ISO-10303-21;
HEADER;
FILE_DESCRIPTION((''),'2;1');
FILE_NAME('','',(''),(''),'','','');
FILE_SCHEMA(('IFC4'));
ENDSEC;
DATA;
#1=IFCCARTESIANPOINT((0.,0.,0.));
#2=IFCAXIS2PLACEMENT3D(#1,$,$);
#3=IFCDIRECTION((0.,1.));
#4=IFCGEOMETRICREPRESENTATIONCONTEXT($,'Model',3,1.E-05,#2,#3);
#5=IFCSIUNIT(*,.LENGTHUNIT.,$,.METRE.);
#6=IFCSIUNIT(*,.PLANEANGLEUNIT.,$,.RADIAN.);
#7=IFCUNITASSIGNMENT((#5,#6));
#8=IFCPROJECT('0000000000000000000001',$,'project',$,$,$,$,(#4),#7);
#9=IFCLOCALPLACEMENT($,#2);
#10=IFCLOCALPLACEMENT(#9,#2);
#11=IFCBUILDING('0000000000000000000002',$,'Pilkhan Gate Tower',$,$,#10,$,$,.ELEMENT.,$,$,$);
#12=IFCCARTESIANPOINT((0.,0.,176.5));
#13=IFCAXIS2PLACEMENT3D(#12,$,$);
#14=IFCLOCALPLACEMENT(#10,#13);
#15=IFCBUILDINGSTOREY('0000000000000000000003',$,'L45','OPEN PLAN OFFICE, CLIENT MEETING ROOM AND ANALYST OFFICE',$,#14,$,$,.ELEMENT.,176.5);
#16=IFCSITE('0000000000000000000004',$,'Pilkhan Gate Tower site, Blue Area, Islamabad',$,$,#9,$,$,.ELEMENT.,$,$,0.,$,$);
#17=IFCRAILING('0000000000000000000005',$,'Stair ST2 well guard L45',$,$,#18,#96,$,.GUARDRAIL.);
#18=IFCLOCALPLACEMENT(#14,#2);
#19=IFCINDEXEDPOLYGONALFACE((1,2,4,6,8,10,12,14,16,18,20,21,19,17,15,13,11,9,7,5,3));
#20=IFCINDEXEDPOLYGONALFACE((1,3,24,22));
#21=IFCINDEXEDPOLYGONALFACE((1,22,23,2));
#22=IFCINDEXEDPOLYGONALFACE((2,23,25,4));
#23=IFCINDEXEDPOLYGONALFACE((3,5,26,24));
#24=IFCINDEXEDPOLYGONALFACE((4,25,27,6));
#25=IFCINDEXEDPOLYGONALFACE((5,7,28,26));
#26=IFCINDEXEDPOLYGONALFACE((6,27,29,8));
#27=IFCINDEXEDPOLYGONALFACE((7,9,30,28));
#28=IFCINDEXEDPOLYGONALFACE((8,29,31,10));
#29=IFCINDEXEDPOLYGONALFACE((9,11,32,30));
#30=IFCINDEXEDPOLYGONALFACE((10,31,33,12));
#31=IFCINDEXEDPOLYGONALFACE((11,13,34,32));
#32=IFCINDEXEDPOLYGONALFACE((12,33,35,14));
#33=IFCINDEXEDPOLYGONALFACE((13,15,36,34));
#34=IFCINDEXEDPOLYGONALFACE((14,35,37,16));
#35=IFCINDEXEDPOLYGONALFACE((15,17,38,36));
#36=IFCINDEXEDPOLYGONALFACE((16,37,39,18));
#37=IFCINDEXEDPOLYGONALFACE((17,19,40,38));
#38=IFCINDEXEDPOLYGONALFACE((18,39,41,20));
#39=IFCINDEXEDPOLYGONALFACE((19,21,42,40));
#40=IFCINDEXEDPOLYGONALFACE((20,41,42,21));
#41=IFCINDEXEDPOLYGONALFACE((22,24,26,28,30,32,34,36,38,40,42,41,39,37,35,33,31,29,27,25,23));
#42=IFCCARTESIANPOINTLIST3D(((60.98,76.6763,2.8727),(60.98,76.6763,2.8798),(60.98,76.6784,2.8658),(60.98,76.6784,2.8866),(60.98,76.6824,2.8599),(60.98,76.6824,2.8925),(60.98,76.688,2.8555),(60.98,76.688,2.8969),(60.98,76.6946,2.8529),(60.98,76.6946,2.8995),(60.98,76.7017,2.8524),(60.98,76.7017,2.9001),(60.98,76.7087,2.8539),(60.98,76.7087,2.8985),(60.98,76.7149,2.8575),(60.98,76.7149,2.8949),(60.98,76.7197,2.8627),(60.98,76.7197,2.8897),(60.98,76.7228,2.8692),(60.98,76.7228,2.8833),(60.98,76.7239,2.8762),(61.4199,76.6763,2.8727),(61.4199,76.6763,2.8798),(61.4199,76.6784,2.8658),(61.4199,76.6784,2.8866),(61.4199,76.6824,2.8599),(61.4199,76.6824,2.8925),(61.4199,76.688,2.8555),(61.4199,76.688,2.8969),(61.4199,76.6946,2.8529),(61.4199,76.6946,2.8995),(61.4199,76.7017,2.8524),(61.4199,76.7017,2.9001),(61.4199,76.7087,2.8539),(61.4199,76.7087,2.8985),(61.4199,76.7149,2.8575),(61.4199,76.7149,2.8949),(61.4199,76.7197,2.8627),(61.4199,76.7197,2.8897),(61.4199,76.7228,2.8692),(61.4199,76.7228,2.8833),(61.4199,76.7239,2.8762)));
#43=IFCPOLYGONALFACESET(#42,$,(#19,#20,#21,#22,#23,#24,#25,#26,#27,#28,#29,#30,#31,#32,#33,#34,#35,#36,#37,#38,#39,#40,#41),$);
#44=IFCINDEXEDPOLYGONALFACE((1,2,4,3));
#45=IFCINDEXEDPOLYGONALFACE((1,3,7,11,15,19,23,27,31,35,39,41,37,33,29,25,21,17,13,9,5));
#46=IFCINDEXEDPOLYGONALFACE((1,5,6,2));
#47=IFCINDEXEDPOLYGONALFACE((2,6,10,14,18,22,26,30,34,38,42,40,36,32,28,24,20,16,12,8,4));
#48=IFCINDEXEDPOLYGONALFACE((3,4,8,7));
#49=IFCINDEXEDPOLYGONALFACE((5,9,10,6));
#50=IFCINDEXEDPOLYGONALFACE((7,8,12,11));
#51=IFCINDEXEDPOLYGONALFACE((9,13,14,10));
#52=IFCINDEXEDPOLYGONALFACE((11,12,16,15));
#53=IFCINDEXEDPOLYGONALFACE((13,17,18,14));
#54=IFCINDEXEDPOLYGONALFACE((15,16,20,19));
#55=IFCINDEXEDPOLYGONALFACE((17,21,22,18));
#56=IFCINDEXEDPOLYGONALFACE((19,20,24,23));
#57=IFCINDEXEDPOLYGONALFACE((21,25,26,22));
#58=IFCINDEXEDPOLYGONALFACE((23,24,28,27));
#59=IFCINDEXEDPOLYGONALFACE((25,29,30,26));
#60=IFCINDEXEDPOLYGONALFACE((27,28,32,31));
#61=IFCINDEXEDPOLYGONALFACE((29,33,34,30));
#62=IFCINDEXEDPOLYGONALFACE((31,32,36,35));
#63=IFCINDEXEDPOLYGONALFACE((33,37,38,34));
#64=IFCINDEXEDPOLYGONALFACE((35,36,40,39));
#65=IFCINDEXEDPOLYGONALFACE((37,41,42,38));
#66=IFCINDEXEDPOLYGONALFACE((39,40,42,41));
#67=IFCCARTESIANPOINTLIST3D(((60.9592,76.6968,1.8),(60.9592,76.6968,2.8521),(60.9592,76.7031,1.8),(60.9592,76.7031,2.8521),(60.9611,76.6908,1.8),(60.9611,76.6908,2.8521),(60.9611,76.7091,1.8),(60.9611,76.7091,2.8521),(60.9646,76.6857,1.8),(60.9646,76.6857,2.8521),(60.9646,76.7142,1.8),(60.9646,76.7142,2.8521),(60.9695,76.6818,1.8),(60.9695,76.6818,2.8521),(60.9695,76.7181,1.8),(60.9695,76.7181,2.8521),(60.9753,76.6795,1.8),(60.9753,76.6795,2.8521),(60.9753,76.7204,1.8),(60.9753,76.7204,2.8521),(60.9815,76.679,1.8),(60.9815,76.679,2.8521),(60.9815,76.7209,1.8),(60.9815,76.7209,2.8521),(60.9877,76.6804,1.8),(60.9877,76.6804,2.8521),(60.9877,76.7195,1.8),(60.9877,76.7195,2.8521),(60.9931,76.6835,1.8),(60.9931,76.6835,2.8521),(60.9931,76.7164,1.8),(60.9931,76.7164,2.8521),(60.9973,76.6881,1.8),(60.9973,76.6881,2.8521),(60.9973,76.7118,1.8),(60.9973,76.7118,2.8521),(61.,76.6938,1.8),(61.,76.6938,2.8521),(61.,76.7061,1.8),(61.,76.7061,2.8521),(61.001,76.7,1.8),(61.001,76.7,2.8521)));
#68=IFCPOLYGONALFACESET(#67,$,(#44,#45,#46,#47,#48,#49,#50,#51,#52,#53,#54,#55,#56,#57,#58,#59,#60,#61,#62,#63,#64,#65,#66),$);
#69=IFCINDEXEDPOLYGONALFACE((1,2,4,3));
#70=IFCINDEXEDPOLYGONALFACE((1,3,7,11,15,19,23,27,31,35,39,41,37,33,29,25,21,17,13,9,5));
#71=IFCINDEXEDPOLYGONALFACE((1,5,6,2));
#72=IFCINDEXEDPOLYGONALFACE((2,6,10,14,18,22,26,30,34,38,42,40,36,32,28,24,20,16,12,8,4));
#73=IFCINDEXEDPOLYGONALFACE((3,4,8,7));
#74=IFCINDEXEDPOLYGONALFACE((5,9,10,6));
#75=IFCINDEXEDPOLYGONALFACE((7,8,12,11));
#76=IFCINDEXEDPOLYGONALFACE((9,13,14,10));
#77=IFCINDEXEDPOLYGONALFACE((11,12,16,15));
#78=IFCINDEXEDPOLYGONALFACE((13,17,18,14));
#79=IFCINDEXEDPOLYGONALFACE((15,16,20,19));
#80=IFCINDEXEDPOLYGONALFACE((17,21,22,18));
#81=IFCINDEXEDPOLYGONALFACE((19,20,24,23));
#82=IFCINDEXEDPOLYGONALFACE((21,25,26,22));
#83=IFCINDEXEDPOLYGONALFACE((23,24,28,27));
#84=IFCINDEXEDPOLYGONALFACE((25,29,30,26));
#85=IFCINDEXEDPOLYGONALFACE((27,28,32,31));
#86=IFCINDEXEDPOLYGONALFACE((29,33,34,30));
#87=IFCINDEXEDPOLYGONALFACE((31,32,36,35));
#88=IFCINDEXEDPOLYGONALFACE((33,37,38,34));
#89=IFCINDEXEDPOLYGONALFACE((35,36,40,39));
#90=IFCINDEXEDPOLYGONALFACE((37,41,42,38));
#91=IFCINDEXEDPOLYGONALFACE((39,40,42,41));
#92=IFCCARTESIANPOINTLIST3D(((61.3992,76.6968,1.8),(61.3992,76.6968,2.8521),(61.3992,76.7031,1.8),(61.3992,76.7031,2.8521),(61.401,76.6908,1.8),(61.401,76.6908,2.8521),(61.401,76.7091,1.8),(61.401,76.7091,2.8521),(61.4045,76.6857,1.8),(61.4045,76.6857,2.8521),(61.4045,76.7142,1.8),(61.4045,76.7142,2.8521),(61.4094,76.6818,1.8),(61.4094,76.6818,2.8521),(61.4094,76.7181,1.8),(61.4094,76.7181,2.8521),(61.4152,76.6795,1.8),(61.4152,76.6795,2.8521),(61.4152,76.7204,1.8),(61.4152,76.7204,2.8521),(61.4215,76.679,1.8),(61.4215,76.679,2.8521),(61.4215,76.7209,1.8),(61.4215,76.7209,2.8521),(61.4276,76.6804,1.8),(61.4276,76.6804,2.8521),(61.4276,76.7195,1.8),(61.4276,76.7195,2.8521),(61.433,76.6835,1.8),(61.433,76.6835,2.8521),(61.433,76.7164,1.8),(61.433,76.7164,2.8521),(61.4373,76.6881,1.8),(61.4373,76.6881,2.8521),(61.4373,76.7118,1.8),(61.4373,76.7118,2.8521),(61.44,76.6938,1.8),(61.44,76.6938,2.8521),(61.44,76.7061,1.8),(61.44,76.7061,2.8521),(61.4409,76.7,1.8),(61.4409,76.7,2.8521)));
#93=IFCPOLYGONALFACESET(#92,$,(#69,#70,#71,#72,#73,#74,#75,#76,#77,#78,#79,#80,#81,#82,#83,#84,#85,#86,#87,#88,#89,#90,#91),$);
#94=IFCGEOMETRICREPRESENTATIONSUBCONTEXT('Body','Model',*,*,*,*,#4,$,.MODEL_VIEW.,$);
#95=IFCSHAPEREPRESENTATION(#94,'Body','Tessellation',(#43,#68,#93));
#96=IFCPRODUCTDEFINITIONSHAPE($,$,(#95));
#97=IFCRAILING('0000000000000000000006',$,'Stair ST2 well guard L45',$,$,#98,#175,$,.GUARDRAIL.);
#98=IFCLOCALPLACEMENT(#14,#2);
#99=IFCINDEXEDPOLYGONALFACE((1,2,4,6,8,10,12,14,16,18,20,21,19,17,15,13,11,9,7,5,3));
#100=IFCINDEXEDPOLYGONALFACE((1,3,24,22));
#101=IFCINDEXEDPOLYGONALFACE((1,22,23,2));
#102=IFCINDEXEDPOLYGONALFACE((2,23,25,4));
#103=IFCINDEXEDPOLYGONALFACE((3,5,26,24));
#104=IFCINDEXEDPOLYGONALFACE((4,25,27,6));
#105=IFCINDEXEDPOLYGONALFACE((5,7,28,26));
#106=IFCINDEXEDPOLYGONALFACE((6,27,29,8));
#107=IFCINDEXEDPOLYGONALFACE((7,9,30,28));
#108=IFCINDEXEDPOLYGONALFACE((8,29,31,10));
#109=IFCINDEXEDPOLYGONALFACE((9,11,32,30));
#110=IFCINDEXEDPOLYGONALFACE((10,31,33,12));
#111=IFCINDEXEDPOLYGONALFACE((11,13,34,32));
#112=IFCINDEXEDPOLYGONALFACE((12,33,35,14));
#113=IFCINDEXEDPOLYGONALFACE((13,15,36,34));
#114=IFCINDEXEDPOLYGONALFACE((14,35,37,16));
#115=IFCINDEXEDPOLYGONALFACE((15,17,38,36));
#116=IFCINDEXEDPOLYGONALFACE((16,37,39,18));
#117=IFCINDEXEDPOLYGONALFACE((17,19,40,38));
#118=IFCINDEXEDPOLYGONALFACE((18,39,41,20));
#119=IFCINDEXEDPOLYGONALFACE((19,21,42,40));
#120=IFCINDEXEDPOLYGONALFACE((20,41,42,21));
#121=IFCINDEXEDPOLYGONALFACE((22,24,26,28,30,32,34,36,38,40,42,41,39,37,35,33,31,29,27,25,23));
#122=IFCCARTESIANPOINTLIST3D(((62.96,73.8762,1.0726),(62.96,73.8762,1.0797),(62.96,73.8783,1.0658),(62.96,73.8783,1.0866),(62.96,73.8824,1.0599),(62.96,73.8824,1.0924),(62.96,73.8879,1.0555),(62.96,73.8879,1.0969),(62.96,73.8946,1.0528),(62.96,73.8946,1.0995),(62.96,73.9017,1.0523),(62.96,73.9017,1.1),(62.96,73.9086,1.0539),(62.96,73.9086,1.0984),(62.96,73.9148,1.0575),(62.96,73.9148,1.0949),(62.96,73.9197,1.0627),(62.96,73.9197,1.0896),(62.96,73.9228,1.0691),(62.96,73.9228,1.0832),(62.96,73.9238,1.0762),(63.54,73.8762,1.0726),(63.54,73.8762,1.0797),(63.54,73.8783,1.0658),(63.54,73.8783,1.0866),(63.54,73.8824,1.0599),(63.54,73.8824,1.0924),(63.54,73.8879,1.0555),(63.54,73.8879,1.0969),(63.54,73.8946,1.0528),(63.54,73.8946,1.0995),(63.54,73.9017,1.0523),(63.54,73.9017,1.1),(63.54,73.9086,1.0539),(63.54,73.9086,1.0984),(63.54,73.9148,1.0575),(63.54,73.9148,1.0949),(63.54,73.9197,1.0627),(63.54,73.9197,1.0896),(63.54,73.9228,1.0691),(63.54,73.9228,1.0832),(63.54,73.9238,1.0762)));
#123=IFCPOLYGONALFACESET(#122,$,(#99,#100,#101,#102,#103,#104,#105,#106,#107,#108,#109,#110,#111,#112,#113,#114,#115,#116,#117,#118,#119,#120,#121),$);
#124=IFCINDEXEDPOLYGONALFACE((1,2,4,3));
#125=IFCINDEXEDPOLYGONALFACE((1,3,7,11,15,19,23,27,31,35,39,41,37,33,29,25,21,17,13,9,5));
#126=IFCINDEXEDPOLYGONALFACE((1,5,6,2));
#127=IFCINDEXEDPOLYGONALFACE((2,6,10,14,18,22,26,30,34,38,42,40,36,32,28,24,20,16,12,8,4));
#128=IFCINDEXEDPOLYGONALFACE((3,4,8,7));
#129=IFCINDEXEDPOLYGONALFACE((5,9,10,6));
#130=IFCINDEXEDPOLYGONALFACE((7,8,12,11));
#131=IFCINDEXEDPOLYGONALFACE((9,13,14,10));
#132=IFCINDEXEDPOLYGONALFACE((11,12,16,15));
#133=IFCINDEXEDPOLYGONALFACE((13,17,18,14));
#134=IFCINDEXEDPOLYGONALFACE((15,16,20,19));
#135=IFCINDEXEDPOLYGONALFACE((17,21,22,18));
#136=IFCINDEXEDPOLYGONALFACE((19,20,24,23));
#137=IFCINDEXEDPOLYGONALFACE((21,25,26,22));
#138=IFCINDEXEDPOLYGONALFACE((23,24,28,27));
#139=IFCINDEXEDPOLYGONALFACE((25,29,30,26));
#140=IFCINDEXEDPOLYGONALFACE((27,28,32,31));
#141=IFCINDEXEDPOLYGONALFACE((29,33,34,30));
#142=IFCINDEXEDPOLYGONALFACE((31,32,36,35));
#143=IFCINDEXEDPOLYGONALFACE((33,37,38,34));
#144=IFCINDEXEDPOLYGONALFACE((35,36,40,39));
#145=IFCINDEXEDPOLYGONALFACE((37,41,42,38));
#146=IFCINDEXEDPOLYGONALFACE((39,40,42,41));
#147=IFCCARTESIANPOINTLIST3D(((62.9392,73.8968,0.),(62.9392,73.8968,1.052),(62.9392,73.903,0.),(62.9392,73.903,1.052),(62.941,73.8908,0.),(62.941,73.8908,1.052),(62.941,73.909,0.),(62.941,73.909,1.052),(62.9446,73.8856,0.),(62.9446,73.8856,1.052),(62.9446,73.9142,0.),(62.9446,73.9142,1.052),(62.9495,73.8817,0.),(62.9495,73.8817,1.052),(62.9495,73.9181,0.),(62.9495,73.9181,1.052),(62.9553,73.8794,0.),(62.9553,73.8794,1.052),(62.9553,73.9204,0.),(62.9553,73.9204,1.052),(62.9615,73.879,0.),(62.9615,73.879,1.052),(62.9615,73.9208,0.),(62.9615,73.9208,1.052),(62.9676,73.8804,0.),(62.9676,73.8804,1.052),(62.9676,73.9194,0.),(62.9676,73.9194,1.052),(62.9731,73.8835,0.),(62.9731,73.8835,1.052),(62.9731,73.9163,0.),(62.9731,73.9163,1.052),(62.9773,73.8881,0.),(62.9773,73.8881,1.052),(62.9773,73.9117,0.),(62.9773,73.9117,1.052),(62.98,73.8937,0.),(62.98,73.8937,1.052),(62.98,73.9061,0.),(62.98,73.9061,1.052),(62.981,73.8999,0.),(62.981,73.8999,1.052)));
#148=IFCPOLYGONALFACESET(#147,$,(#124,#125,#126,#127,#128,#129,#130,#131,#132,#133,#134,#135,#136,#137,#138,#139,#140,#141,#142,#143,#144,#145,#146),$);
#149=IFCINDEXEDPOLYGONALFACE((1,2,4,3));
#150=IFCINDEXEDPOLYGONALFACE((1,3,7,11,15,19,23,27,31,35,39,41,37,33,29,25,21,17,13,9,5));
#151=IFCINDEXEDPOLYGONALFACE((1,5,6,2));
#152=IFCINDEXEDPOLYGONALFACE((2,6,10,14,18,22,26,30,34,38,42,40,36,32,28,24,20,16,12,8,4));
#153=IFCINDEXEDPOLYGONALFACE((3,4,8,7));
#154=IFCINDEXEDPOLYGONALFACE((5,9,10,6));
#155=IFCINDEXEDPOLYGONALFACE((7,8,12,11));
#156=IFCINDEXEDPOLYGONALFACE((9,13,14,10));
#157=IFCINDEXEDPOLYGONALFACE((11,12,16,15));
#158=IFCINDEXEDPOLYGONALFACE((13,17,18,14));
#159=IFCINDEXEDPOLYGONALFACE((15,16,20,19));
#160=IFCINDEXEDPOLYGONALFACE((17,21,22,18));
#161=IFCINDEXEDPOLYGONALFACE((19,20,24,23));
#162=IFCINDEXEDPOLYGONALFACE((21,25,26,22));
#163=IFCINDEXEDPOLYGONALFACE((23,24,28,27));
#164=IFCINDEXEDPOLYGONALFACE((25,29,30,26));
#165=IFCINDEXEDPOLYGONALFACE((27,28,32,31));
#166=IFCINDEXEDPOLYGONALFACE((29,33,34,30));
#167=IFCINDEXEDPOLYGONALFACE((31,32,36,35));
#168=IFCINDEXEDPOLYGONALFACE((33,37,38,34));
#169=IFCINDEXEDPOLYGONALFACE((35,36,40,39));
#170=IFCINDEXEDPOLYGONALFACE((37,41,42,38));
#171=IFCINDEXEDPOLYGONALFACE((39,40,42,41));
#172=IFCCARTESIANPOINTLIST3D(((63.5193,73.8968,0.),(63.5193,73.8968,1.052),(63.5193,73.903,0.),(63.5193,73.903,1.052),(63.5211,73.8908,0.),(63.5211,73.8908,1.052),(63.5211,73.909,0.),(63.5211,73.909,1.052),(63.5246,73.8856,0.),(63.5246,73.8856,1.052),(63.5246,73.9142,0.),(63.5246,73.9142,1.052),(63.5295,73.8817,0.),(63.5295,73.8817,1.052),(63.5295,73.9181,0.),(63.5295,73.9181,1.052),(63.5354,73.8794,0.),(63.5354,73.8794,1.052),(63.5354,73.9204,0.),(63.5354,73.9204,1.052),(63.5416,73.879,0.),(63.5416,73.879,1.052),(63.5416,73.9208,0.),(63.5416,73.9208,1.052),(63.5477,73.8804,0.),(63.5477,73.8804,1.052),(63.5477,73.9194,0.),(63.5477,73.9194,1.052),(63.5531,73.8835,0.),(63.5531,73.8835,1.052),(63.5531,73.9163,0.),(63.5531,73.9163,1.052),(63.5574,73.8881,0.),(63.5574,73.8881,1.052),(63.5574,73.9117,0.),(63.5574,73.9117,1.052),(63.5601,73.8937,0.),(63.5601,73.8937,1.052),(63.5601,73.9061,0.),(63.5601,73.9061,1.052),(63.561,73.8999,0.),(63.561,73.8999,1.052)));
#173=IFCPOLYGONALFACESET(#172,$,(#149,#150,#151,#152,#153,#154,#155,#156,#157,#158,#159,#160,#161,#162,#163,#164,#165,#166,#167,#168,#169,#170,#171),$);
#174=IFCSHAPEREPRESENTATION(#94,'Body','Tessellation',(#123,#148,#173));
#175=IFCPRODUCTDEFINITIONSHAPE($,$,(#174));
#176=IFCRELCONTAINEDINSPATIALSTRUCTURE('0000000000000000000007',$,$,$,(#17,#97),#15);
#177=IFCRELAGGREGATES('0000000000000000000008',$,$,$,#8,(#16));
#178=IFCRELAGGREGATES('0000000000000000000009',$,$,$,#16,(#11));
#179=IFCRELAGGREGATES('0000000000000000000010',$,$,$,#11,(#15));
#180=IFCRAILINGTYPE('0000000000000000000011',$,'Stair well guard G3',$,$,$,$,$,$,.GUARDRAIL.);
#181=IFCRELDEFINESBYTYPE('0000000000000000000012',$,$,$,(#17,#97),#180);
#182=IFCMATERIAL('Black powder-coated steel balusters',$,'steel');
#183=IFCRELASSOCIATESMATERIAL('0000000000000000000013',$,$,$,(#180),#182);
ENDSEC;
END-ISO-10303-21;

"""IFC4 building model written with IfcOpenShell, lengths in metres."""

from ifc_helpers import new_model, si_unit, direction, frame, origin, origin_2d, place, context, subcontext, project, spatial, circle, extrude, material, type_object, element, save


model = new_model("IFC4")

# Units and contexts
model_context = context("Model", 3, precision=1e-05, world=origin(), true_north=direction((0.0, 1.0)))
body_context = subcontext(model_context, "Body", "Model", "MODEL_VIEW")
ifc_project = project(units=[si_unit("LENGTHUNIT", "METRE"), si_unit("PLANEANGLEUNIT", "RADIAN")], contexts=[model_context])

# Site, building, storey
site_placement = place(None, origin())
site = spatial("IfcSite", under=ifc_project, at=site_placement, Name="Pilkhan Gate Tower site, Blue Area, Islamabad", CompositionType="ELEMENT", RefElevation=0.0)
building_placement = place(site_placement, origin())
building = spatial("IfcBuilding", under=site, at=building_placement, Name="Pilkhan Gate Tower", CompositionType="ELEMENT")
storey_placement = place(building_placement, frame((0.0, 0.0, 176.5)))
storey = spatial("IfcBuildingStorey", under=building, at=storey_placement, Name="L45", Description="OPEN PLAN OFFICE, CLIENT MEETING ROOM AND ANALYST OFFICE", CompositionType="ELEMENT", Elevation=176.5)

# Railings
ifc_material_1 = material(Name="Black powder-coated steel balusters", Category="steel")
railing_type_1 = type_object("IfcRailingType", Name="Stair well guard G3", PredefinedType="GUARDRAIL", material=ifc_material_1)
railing_1_placement = place(storey_placement, frame((60.98, 76.7, 1.8)))
element("IfcRailing", 1, at=railing_1_placement, inside=storey, type_object=railing_type_1, Name="Stair ST2 well guard L45", PredefinedType="GUARDRAIL", context=body_context, shape_type="SweptSolid", body=[
    extrude(circle(Radius=0.0239, at=origin_2d()), frame((0.0, 0.0, 1.0762), z_axis=(1.0, 0.0, 0.0), x_axis=(0.0, 1.0, 0.0)), (0.0, 0.0, 1.0), 0.4399),
    extrude(circle(Radius=0.021, at=origin_2d()), origin(), (0.0, 0.0, 1.0), 1.052),
    extrude(circle(Radius=0.021, at=origin_2d()), frame((0.4399, 0.0, 0.0)), (0.0, 0.0, 1.0), 1.052),
])
for number, where, name in (
    (2, (62.96, 73.8999, 0.0), "Stair ST2 well guard L45"),
):
    element("IfcRailing", number, at=place(storey_placement, frame(where)), inside=storey, type_object=railing_type_1, Name=name, PredefinedType="GUARDRAIL", context=body_context, shape_type="SweptSolid", body=[
        extrude(circle(Radius=0.0239, at=origin_2d()), frame((0.0, 0.0, 1.0762), z_axis=(1.0, 0.0, 0.0), x_axis=(0.0, 1.0, 0.0)), (0.0, 0.0, 1.0), 0.5801),
        extrude(circle(Radius=0.021, at=origin_2d()), origin(), (0.0, 0.0, 1.0), 1.052),
        extrude(circle(Radius=0.021, at=origin_2d()), frame((0.5801, 0.0, 0.0)), (0.0, 0.0, 1.0), 1.052),
    ])

save(model, "model.ifc")
